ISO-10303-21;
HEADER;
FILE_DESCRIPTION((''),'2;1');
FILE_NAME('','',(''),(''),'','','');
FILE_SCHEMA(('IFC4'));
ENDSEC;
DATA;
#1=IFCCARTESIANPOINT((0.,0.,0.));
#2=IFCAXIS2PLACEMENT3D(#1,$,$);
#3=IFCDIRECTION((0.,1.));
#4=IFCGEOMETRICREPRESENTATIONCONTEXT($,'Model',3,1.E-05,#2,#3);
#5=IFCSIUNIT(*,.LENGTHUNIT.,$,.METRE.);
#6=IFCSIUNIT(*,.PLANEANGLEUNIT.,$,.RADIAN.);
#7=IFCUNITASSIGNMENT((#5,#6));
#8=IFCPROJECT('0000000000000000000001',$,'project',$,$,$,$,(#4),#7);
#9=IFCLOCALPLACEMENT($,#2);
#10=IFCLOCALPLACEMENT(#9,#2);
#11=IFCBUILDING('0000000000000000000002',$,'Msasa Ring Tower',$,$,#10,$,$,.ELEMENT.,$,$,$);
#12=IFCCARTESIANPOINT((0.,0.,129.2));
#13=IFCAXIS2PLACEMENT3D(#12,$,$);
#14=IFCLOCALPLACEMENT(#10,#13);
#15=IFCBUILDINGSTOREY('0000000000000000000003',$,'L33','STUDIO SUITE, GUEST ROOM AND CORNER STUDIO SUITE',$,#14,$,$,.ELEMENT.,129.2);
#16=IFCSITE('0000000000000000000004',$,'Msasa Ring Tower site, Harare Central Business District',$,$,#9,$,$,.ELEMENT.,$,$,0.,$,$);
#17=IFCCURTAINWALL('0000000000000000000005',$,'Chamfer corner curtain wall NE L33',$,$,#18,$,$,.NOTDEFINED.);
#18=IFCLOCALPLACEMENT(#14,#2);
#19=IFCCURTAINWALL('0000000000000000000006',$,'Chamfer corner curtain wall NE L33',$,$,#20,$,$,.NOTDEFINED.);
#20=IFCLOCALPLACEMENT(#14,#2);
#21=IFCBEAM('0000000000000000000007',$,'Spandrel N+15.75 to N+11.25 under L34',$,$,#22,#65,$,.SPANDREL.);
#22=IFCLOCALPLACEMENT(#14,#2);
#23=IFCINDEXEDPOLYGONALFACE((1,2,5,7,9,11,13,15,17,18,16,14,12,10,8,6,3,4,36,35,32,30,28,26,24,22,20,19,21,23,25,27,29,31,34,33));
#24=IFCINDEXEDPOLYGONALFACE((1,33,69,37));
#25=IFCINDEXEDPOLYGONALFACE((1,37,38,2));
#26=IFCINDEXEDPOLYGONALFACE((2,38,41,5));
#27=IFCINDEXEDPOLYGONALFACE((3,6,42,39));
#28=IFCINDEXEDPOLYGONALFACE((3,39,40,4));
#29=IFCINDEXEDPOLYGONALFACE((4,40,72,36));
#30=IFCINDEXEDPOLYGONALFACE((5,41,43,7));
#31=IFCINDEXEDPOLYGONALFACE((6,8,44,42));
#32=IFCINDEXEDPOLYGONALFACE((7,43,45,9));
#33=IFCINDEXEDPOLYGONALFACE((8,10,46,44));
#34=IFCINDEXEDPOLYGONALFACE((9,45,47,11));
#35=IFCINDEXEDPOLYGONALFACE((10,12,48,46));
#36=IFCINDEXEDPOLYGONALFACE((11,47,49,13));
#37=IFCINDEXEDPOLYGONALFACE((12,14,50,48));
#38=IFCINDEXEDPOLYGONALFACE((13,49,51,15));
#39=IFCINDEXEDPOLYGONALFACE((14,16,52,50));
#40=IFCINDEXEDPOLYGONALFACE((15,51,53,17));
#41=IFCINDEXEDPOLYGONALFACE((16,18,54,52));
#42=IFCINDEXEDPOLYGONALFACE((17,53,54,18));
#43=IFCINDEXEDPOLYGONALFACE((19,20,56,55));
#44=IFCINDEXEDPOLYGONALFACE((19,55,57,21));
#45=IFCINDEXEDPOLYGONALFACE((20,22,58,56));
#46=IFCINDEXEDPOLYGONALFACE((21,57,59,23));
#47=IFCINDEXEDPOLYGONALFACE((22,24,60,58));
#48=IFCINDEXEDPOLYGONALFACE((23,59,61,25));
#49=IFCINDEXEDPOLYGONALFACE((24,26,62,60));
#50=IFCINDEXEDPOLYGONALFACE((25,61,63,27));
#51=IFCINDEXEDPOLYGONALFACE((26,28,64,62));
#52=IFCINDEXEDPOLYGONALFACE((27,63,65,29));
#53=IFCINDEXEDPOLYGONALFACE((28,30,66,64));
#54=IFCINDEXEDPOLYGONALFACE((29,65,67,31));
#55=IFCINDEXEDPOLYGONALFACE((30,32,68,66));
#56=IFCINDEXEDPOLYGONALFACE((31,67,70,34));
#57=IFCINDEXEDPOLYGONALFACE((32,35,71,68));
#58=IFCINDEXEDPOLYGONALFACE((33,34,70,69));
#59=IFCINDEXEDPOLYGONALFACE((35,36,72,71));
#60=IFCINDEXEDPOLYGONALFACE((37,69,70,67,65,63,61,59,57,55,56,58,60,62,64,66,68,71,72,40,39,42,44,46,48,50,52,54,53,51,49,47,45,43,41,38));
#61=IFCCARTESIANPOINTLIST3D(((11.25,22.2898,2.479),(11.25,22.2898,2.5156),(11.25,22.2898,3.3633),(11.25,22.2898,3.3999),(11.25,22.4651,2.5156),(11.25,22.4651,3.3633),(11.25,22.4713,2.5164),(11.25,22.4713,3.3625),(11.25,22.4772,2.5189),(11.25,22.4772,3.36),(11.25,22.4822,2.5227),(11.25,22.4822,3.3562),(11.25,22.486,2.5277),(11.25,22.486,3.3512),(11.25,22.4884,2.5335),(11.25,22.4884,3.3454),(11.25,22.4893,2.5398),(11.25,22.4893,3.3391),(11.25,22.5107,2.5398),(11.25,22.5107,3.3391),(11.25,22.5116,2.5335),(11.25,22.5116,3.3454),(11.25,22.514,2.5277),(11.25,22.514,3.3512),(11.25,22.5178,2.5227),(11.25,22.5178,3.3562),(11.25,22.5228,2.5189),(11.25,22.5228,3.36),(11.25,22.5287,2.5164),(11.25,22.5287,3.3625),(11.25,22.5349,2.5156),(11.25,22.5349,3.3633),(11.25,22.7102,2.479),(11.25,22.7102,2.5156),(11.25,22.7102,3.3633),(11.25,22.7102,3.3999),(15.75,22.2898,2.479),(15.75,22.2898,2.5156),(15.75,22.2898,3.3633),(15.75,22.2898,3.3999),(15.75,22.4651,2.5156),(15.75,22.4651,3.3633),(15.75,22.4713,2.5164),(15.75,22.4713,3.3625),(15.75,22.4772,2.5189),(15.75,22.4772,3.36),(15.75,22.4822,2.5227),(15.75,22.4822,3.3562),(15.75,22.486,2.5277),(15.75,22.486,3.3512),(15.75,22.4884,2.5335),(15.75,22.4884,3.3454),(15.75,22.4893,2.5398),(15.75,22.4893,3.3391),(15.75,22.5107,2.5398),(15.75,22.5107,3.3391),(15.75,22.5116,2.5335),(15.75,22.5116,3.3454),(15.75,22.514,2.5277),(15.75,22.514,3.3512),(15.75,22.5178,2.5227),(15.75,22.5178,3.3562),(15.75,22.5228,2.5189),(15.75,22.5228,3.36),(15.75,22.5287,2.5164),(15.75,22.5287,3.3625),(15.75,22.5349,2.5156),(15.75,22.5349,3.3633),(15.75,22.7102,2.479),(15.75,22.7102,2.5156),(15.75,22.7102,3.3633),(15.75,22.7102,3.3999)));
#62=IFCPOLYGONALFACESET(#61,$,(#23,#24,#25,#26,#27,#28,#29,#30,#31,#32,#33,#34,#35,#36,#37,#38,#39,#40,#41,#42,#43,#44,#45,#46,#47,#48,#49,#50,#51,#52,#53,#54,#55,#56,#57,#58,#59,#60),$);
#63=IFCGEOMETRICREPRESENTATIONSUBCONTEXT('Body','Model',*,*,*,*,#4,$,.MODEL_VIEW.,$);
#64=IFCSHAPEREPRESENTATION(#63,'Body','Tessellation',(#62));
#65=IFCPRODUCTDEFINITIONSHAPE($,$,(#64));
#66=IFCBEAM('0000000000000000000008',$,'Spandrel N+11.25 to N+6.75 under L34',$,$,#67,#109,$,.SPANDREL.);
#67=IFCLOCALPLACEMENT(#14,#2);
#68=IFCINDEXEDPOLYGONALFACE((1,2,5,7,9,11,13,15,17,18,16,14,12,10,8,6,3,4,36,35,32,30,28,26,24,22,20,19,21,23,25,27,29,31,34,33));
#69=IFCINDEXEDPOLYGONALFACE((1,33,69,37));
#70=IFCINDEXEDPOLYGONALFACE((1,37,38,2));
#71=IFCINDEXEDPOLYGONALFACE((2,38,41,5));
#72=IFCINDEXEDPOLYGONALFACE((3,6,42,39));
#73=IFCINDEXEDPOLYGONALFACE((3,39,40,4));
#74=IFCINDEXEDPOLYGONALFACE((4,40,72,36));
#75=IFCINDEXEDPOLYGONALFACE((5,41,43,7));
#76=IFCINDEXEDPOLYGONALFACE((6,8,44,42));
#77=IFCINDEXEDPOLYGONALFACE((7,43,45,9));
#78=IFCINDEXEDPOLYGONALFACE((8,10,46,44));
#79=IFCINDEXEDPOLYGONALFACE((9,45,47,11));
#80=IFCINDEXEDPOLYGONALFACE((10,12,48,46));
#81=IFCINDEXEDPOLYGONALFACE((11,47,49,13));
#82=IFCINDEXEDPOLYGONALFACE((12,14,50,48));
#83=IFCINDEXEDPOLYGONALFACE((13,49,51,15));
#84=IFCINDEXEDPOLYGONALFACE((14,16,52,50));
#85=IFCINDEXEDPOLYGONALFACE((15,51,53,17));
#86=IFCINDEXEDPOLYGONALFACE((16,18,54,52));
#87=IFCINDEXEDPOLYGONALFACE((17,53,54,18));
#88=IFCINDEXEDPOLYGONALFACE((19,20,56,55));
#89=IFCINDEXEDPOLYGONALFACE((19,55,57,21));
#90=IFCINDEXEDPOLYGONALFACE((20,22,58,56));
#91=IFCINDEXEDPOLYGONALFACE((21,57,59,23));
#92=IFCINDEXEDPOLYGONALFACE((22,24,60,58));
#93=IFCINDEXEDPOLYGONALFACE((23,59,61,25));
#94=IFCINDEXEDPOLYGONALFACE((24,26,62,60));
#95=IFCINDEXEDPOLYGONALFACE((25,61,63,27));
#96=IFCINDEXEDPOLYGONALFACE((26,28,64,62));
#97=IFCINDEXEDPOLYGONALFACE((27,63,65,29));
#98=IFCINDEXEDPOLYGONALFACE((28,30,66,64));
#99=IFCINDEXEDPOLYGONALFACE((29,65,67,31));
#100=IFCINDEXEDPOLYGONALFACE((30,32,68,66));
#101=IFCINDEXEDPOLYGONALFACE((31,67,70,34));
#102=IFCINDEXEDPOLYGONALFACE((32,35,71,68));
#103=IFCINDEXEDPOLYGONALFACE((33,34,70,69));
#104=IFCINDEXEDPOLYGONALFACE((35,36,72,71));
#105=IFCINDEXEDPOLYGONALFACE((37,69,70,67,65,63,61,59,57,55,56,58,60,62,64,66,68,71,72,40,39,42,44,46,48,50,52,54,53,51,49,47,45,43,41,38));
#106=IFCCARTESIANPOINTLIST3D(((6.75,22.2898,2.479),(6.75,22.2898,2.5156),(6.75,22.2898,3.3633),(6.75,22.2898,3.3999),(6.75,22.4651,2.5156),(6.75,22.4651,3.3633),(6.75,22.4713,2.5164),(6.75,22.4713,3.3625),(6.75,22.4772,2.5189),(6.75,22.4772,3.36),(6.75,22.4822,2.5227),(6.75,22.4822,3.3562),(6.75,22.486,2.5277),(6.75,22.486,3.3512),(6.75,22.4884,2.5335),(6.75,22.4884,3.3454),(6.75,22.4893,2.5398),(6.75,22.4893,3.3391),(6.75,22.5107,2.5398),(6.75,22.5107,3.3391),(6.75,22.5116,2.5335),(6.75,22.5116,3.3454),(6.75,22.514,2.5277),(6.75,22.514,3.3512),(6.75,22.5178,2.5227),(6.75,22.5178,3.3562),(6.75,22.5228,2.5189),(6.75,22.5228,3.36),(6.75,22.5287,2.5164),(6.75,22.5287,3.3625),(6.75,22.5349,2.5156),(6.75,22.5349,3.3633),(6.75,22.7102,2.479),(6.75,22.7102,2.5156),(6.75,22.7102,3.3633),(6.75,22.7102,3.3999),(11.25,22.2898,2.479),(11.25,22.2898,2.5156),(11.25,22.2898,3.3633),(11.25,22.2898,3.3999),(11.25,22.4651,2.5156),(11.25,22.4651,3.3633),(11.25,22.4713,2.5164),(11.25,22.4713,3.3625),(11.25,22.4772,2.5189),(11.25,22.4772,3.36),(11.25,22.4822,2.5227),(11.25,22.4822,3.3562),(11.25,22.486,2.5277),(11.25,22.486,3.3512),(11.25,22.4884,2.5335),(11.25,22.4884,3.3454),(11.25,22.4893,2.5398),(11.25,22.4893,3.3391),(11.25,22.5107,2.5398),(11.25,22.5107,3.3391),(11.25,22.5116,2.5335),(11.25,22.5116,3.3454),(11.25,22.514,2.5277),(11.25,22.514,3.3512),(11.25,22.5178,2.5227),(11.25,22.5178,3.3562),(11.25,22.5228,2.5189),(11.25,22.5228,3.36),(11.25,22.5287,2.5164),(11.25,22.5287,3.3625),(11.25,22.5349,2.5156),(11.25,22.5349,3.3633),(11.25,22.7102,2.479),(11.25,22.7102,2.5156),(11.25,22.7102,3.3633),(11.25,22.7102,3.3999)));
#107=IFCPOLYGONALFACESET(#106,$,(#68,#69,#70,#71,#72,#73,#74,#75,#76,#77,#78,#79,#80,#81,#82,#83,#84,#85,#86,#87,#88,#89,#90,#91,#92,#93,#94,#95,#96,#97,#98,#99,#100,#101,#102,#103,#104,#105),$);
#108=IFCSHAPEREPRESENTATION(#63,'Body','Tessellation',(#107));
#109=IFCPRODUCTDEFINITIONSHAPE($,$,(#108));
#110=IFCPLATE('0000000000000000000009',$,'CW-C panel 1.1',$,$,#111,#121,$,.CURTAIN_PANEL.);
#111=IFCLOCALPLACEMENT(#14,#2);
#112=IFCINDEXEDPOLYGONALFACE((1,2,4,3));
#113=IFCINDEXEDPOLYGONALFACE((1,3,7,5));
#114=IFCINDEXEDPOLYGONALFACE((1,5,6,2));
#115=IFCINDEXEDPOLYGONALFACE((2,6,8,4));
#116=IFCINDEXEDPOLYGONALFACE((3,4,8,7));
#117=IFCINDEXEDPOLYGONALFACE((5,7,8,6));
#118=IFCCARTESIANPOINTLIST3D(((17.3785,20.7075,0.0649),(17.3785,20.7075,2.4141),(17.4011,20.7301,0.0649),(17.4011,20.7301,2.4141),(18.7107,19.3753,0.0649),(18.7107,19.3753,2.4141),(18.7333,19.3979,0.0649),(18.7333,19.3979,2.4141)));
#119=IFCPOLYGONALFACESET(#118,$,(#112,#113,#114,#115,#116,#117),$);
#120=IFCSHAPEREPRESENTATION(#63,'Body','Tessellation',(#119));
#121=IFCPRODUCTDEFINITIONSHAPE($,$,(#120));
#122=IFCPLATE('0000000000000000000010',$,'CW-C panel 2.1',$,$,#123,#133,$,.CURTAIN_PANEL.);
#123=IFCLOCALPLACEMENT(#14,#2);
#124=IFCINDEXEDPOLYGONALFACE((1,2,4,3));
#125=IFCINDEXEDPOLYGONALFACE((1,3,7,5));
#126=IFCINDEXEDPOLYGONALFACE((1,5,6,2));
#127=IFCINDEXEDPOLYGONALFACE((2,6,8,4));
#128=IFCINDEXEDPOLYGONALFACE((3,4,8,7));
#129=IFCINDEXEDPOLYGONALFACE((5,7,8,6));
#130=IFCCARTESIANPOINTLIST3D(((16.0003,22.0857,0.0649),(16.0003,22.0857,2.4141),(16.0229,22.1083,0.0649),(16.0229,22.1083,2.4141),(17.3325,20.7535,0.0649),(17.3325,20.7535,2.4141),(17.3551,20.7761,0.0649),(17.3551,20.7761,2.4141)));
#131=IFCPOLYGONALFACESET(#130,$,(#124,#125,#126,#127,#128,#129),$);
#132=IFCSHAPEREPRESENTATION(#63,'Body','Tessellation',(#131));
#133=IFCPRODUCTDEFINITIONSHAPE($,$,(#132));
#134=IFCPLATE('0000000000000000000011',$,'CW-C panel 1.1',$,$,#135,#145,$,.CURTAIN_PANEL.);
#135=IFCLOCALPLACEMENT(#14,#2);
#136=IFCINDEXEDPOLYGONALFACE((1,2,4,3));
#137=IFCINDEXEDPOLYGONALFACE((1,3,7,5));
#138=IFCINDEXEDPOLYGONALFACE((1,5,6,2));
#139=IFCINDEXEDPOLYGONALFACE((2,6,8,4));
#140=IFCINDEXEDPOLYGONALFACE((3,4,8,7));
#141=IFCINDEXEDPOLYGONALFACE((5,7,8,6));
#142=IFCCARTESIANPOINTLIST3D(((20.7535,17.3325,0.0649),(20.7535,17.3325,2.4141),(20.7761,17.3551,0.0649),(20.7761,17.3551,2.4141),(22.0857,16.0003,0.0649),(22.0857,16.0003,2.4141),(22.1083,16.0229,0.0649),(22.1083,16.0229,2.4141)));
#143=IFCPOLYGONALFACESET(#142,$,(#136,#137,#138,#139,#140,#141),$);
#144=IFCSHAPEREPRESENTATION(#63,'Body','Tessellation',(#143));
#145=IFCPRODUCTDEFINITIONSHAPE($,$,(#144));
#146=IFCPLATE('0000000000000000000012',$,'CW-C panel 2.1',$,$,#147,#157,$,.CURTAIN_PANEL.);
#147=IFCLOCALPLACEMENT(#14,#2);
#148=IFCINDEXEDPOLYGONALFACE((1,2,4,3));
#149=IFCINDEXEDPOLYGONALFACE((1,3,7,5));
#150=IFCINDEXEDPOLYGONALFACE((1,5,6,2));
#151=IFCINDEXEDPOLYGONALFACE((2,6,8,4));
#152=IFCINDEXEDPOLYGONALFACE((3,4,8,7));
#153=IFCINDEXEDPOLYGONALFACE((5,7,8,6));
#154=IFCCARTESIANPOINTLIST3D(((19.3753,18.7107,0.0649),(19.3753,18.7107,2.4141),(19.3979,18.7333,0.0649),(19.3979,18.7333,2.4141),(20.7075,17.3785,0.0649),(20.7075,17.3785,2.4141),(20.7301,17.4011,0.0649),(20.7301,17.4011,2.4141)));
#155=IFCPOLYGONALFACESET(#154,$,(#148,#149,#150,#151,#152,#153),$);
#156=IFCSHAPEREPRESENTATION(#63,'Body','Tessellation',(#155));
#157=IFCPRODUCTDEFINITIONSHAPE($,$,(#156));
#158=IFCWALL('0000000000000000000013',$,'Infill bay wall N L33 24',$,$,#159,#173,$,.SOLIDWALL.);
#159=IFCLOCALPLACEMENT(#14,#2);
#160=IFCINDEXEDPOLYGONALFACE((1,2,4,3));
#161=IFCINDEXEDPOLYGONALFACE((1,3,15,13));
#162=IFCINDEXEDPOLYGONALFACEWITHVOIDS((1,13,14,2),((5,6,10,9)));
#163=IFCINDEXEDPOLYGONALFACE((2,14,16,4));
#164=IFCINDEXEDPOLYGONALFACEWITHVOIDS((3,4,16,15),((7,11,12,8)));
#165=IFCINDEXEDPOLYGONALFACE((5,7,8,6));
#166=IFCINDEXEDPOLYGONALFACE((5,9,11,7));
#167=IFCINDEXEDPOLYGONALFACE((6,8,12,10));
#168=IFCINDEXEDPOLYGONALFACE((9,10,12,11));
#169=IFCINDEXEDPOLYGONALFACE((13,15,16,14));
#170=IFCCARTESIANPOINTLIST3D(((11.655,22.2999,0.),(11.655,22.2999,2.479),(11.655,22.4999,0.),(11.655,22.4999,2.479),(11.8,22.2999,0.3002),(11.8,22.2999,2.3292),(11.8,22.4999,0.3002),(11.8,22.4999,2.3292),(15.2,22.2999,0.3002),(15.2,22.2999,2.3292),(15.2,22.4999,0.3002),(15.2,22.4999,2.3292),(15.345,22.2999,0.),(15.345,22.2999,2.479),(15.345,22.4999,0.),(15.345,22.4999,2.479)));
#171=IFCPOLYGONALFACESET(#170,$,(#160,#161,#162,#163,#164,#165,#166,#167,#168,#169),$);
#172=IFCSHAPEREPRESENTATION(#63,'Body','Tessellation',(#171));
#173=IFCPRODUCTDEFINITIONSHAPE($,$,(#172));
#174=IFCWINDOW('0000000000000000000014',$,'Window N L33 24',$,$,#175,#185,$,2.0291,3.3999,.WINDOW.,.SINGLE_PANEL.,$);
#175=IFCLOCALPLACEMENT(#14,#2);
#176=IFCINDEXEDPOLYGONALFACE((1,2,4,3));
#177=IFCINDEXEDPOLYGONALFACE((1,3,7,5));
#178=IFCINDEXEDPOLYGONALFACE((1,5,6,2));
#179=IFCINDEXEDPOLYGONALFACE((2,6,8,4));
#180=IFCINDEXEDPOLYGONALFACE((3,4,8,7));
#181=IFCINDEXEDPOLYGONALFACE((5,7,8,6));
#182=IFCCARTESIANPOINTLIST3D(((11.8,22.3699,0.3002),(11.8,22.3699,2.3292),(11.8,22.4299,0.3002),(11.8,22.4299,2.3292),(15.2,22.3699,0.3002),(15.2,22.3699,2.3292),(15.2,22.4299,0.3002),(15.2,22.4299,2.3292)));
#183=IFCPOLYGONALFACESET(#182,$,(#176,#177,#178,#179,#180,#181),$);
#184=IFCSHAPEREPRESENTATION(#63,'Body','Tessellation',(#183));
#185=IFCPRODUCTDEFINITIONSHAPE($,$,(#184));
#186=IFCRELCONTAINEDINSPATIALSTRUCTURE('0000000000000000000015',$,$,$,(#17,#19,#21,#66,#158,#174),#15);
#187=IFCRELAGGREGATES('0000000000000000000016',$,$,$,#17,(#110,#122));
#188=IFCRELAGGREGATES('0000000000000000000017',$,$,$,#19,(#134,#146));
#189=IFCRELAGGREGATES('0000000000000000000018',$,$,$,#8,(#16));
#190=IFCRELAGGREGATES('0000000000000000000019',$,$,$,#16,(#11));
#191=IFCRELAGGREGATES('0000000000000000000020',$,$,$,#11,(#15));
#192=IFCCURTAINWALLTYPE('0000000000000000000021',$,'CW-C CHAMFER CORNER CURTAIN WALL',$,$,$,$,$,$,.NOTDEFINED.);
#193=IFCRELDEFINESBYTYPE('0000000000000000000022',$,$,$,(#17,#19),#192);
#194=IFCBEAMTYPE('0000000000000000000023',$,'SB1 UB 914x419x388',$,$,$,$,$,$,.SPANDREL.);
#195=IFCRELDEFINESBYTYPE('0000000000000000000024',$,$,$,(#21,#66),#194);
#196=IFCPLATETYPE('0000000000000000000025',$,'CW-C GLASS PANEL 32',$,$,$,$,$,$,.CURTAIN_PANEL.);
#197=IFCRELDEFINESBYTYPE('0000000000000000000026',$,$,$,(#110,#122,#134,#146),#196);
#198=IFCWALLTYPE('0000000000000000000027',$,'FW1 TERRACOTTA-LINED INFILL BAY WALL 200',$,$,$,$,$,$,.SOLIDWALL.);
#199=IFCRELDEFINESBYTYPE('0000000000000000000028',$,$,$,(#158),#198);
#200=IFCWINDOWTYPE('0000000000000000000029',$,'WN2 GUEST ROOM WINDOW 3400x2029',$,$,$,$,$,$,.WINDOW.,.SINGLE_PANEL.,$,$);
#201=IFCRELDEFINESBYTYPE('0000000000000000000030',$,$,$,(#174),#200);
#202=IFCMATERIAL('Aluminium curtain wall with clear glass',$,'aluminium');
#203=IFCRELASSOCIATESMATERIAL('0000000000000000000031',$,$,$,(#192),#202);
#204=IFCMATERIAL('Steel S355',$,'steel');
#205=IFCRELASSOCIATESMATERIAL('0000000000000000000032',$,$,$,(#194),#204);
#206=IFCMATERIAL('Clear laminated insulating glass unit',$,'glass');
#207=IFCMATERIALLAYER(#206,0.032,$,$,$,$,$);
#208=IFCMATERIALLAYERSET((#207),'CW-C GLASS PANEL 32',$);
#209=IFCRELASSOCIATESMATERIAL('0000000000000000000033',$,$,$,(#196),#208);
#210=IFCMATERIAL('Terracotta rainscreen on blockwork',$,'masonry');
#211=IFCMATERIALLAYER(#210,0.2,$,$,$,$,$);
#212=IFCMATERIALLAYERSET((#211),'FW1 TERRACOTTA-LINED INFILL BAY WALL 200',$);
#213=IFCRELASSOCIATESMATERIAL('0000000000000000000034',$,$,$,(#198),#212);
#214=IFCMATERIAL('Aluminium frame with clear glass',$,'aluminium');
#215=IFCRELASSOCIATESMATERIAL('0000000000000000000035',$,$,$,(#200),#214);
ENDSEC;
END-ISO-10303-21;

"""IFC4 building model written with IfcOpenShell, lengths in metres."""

from ifc_helpers import new_model, si_unit, direction, frame, frame_2d, origin, origin_2d, place, context, subcontext, project, spatial, rectangle, i_section, extrude, material, layer, layer_set, material_profile, profile_set, type_object, element, fill, aggregate, save


model = new_model("IFC4")

# Units and contexts
model_context = context("Model", 3, precision=1e-05, world=origin(), true_north=direction((0.0, 1.0)))
body_context = subcontext(model_context, "Body", "Model", "MODEL_VIEW")
ifc_project = project(units=[si_unit("LENGTHUNIT", "METRE"), si_unit("PLANEANGLEUNIT", "RADIAN")], contexts=[model_context])

# Site, building, storey
site_placement = place(None, origin())
site = spatial("IfcSite", under=ifc_project, at=site_placement, Name="Msasa Ring Tower site, Harare Central Business District", CompositionType="ELEMENT", RefElevation=0.0)
building_placement = place(site_placement, origin())
building = spatial("IfcBuilding", under=site, at=building_placement, Name="Msasa Ring Tower", CompositionType="ELEMENT")
storey_placement = place(building_placement, frame((0.0, 0.0, 129.2)))
storey = spatial("IfcBuildingStorey", under=building, at=storey_placement, Name="L33", Description="STUDIO SUITE, GUEST ROOM AND CORNER STUDIO SUITE", CompositionType="ELEMENT", Elevation=129.2)

# Curtain walls
ifc_material_1 = material(Name="Aluminium curtain wall with clear glass", Category="aluminium")
curtain_wall_type = type_object("IfcCurtainWallType", Name="CW-C CHAMFER CORNER CURTAIN WALL", PredefinedType="NOTDEFINED", material=ifc_material_1)
curtain_wall_1_placement = place(storey_placement, origin())
curtain_wall_1 = element("IfcCurtainWall", 1, at=curtain_wall_1_placement, inside=storey, type_object=curtain_wall_type, Name="Chamfer corner curtain wall NE L33", PredefinedType="NOTDEFINED")
curtain_wall_2_placement = place(storey_placement, origin())
curtain_wall_2 = element("IfcCurtainWall", 2, at=curtain_wall_2_placement, inside=storey, type_object=curtain_wall_type, Name="Chamfer corner curtain wall NE L33", PredefinedType="NOTDEFINED")

# Beams
ifc_material_2 = material(Name="Steel S355", Category="steel")
ifc_material_profile_1 = material_profile(ifc_material_2, i_section(OverallWidth=0.4204, OverallDepth=0.9209, WebThickness=0.0215, FlangeThickness=0.0366, FilletRadius=0.0242, at=origin_2d()), Name="UB 914x419x388")
ifc_profile_set_1 = profile_set([ifc_material_profile_1], Name="Steel S355")
beam_type_1 = type_object("IfcBeamType", Name="SB1 UB 914x419x388", PredefinedType="SPANDREL", material=ifc_profile_set_1)
for number, where, z_axis, x_axis, name in (
    (3, (15.75, 22.5, 2.9395), (-1.0, 0.0, 0.0), (0.0, -1.0, 0.0), "Spandrel N+15.75 to N+11.25 under L34"),
    (4, (11.25, 22.5, 2.9395), (-1.0, 0.0, 0.0), (0.0, -1.0, 0.0), "Spandrel N+11.25 to N+6.75 under L34"),
):
    element("IfcBeam", number, at=place(storey_placement, frame(where, z_axis=z_axis, x_axis=x_axis)), inside=storey, type_object=beam_type_1, Name=name, PredefinedType="SPANDREL", context=body_context, shape_type="SweptSolid", body=[
        extrude(i_section(OverallWidth=0.4204, OverallDepth=0.9209, WebThickness=0.0215, FlangeThickness=0.0366, FilletRadius=0.0242, at=origin_2d()), origin(), (0.0, 0.0, 1.0), 4.5),
    ])

# Plates
ifc_material_3 = material(Name="Clear laminated insulating glass unit", Category="glass")
ifc_layer_1 = layer(ifc_material_3, 0.032)
ifc_layer_set_1 = layer_set([ifc_layer_1], Name="CW-C GLASS PANEL 32")
plate_type = type_object("IfcPlateType", Name="CW-C GLASS PANEL 32", PredefinedType="CURTAIN_PANEL", material=ifc_layer_set_1)
plate_1_placement = place(storey_placement, frame((18.0559, 20.0527, 0.0649), z_axis=(0.0, 0.0, 1.0), x_axis=(-0.707107, 0.707107, 0.0)))
plate_1 = element("IfcPlate", 5, at=plate_1_placement, type_object=plate_type, Name="CW-C panel 1.1", PredefinedType="CURTAIN_PANEL", context=body_context, shape_type="SweptSolid", body=[
    extrude(rectangle(XDim=1.884, YDim=0.032, at=origin_2d()), origin(), (0.0, 0.0, 1.0), 2.3491),
])
plate_2_placement = place(storey_placement, frame((16.6777, 21.4309, 0.0649), z_axis=(0.0, 0.0, 1.0), x_axis=(-0.707107, 0.707107, 0.0)))
plate_2 = element("IfcPlate", 6, at=plate_2_placement, type_object=plate_type, Name="CW-C panel 2.1", PredefinedType="CURTAIN_PANEL", context=body_context, shape_type="SweptSolid", body=[
    extrude(rectangle(XDim=1.884, YDim=0.032, at=origin_2d()), origin(), (0.0, 0.0, 1.0), 2.3491),
])
aggregate(curtain_wall_1, [plate_1, plate_2])
plate_3_placement = place(storey_placement, frame((21.4309, 16.6777, 0.0649), z_axis=(0.0, 0.0, 1.0), x_axis=(-0.707107, 0.707107, 0.0)))
plate_3 = element("IfcPlate", 7, at=plate_3_placement, type_object=plate_type, Name="CW-C panel 1.1", PredefinedType="CURTAIN_PANEL", context=body_context, shape_type="SweptSolid", body=[
    extrude(rectangle(XDim=1.884, YDim=0.032, at=origin_2d()), origin(), (0.0, 0.0, 1.0), 2.3491),
])
plate_4_placement = place(storey_placement, frame((20.0527, 18.0559, 0.0649), z_axis=(0.0, 0.0, 1.0), x_axis=(-0.707107, 0.707107, 0.0)))
plate_4 = element("IfcPlate", 8, at=plate_4_placement, type_object=plate_type, Name="CW-C panel 2.1", PredefinedType="CURTAIN_PANEL", context=body_context, shape_type="SweptSolid", body=[
    extrude(rectangle(XDim=1.884, YDim=0.032, at=origin_2d()), origin(), (0.0, 0.0, 1.0), 2.3491),
])
aggregate(curtain_wall_2, [plate_3, plate_4])

# Wall, opening, window
ifc_material_4 = material(Name="Terracotta rainscreen on blockwork", Category="masonry")
ifc_layer_2 = layer(ifc_material_4, 0.2)
ifc_layer_set_2 = layer_set([ifc_layer_2], Name="FW1 TERRACOTTA-LINED INFILL BAY WALL 200")
wall_type = type_object("IfcWallType", Name="FW1 TERRACOTTA-LINED INFILL BAY WALL 200", PredefinedType="SOLIDWALL", material=ifc_layer_set_2)
wall_placement = place(storey_placement, frame((11.655, 22.3999, 0.0), z_axis=(0.0, 0.0, 1.0), x_axis=(1.0, 0.0, 0.0)))
wall = element("IfcWall", 9, at=wall_placement, inside=storey, type_object=wall_type, Name="Infill bay wall N L33 24", PredefinedType="SOLIDWALL", context=body_context, shape_type="SweptSolid", body=[
    extrude(rectangle(XDim=3.6899, YDim=0.2, at=frame_2d((1.845, 0.0))), origin(), (0.0, 0.0, 1.0), 2.479),
])
opening_placement = place(wall_placement, frame((0.145, 0.0, 0.3)))
opening = element("IfcOpeningElement", 10, at=opening_placement, cuts=wall, PredefinedType="OPENING", context=body_context, shape_type="SweptSolid", body=[
    extrude(rectangle(XDim=3.3999, YDim=2.0291, at=frame_2d((1.7, 1.0146))), frame((0.0, 0.1099, 0.0), z_axis=(0.0, -1.0, 0.0), x_axis=(1.0, 0.0, 0.0)), (0.0, 0.0, 1.0), 0.22),
])
ifc_material_5 = material(Name="Aluminium frame with clear glass", Category="aluminium")
window_type = type_object("IfcWindowType", Name="WN2 GUEST ROOM WINDOW 3400x2029", PartitioningType="SINGLE_PANEL", PredefinedType="WINDOW", material=ifc_material_5)
window_placement = place(opening_placement, origin())
window = element("IfcWindow", 11, at=window_placement, inside=storey, type_object=window_type, Name="Window N L33 24", OverallHeight=2.0291, OverallWidth=3.3999, PartitioningType="SINGLE_PANEL", PredefinedType="WINDOW", context=body_context, shape_type="SweptSolid", body=[
    extrude(rectangle(XDim=3.3999, YDim=2.0291, at=frame_2d((1.7, 1.0146))), frame((0.0, 0.03, 0.0), z_axis=(0.0, -1.0, 0.0), x_axis=(1.0, 0.0, 0.0)), (0.0, 0.0, 1.0), 0.0601),
])
fill(opening, window)

save(model, "model.ifc")
